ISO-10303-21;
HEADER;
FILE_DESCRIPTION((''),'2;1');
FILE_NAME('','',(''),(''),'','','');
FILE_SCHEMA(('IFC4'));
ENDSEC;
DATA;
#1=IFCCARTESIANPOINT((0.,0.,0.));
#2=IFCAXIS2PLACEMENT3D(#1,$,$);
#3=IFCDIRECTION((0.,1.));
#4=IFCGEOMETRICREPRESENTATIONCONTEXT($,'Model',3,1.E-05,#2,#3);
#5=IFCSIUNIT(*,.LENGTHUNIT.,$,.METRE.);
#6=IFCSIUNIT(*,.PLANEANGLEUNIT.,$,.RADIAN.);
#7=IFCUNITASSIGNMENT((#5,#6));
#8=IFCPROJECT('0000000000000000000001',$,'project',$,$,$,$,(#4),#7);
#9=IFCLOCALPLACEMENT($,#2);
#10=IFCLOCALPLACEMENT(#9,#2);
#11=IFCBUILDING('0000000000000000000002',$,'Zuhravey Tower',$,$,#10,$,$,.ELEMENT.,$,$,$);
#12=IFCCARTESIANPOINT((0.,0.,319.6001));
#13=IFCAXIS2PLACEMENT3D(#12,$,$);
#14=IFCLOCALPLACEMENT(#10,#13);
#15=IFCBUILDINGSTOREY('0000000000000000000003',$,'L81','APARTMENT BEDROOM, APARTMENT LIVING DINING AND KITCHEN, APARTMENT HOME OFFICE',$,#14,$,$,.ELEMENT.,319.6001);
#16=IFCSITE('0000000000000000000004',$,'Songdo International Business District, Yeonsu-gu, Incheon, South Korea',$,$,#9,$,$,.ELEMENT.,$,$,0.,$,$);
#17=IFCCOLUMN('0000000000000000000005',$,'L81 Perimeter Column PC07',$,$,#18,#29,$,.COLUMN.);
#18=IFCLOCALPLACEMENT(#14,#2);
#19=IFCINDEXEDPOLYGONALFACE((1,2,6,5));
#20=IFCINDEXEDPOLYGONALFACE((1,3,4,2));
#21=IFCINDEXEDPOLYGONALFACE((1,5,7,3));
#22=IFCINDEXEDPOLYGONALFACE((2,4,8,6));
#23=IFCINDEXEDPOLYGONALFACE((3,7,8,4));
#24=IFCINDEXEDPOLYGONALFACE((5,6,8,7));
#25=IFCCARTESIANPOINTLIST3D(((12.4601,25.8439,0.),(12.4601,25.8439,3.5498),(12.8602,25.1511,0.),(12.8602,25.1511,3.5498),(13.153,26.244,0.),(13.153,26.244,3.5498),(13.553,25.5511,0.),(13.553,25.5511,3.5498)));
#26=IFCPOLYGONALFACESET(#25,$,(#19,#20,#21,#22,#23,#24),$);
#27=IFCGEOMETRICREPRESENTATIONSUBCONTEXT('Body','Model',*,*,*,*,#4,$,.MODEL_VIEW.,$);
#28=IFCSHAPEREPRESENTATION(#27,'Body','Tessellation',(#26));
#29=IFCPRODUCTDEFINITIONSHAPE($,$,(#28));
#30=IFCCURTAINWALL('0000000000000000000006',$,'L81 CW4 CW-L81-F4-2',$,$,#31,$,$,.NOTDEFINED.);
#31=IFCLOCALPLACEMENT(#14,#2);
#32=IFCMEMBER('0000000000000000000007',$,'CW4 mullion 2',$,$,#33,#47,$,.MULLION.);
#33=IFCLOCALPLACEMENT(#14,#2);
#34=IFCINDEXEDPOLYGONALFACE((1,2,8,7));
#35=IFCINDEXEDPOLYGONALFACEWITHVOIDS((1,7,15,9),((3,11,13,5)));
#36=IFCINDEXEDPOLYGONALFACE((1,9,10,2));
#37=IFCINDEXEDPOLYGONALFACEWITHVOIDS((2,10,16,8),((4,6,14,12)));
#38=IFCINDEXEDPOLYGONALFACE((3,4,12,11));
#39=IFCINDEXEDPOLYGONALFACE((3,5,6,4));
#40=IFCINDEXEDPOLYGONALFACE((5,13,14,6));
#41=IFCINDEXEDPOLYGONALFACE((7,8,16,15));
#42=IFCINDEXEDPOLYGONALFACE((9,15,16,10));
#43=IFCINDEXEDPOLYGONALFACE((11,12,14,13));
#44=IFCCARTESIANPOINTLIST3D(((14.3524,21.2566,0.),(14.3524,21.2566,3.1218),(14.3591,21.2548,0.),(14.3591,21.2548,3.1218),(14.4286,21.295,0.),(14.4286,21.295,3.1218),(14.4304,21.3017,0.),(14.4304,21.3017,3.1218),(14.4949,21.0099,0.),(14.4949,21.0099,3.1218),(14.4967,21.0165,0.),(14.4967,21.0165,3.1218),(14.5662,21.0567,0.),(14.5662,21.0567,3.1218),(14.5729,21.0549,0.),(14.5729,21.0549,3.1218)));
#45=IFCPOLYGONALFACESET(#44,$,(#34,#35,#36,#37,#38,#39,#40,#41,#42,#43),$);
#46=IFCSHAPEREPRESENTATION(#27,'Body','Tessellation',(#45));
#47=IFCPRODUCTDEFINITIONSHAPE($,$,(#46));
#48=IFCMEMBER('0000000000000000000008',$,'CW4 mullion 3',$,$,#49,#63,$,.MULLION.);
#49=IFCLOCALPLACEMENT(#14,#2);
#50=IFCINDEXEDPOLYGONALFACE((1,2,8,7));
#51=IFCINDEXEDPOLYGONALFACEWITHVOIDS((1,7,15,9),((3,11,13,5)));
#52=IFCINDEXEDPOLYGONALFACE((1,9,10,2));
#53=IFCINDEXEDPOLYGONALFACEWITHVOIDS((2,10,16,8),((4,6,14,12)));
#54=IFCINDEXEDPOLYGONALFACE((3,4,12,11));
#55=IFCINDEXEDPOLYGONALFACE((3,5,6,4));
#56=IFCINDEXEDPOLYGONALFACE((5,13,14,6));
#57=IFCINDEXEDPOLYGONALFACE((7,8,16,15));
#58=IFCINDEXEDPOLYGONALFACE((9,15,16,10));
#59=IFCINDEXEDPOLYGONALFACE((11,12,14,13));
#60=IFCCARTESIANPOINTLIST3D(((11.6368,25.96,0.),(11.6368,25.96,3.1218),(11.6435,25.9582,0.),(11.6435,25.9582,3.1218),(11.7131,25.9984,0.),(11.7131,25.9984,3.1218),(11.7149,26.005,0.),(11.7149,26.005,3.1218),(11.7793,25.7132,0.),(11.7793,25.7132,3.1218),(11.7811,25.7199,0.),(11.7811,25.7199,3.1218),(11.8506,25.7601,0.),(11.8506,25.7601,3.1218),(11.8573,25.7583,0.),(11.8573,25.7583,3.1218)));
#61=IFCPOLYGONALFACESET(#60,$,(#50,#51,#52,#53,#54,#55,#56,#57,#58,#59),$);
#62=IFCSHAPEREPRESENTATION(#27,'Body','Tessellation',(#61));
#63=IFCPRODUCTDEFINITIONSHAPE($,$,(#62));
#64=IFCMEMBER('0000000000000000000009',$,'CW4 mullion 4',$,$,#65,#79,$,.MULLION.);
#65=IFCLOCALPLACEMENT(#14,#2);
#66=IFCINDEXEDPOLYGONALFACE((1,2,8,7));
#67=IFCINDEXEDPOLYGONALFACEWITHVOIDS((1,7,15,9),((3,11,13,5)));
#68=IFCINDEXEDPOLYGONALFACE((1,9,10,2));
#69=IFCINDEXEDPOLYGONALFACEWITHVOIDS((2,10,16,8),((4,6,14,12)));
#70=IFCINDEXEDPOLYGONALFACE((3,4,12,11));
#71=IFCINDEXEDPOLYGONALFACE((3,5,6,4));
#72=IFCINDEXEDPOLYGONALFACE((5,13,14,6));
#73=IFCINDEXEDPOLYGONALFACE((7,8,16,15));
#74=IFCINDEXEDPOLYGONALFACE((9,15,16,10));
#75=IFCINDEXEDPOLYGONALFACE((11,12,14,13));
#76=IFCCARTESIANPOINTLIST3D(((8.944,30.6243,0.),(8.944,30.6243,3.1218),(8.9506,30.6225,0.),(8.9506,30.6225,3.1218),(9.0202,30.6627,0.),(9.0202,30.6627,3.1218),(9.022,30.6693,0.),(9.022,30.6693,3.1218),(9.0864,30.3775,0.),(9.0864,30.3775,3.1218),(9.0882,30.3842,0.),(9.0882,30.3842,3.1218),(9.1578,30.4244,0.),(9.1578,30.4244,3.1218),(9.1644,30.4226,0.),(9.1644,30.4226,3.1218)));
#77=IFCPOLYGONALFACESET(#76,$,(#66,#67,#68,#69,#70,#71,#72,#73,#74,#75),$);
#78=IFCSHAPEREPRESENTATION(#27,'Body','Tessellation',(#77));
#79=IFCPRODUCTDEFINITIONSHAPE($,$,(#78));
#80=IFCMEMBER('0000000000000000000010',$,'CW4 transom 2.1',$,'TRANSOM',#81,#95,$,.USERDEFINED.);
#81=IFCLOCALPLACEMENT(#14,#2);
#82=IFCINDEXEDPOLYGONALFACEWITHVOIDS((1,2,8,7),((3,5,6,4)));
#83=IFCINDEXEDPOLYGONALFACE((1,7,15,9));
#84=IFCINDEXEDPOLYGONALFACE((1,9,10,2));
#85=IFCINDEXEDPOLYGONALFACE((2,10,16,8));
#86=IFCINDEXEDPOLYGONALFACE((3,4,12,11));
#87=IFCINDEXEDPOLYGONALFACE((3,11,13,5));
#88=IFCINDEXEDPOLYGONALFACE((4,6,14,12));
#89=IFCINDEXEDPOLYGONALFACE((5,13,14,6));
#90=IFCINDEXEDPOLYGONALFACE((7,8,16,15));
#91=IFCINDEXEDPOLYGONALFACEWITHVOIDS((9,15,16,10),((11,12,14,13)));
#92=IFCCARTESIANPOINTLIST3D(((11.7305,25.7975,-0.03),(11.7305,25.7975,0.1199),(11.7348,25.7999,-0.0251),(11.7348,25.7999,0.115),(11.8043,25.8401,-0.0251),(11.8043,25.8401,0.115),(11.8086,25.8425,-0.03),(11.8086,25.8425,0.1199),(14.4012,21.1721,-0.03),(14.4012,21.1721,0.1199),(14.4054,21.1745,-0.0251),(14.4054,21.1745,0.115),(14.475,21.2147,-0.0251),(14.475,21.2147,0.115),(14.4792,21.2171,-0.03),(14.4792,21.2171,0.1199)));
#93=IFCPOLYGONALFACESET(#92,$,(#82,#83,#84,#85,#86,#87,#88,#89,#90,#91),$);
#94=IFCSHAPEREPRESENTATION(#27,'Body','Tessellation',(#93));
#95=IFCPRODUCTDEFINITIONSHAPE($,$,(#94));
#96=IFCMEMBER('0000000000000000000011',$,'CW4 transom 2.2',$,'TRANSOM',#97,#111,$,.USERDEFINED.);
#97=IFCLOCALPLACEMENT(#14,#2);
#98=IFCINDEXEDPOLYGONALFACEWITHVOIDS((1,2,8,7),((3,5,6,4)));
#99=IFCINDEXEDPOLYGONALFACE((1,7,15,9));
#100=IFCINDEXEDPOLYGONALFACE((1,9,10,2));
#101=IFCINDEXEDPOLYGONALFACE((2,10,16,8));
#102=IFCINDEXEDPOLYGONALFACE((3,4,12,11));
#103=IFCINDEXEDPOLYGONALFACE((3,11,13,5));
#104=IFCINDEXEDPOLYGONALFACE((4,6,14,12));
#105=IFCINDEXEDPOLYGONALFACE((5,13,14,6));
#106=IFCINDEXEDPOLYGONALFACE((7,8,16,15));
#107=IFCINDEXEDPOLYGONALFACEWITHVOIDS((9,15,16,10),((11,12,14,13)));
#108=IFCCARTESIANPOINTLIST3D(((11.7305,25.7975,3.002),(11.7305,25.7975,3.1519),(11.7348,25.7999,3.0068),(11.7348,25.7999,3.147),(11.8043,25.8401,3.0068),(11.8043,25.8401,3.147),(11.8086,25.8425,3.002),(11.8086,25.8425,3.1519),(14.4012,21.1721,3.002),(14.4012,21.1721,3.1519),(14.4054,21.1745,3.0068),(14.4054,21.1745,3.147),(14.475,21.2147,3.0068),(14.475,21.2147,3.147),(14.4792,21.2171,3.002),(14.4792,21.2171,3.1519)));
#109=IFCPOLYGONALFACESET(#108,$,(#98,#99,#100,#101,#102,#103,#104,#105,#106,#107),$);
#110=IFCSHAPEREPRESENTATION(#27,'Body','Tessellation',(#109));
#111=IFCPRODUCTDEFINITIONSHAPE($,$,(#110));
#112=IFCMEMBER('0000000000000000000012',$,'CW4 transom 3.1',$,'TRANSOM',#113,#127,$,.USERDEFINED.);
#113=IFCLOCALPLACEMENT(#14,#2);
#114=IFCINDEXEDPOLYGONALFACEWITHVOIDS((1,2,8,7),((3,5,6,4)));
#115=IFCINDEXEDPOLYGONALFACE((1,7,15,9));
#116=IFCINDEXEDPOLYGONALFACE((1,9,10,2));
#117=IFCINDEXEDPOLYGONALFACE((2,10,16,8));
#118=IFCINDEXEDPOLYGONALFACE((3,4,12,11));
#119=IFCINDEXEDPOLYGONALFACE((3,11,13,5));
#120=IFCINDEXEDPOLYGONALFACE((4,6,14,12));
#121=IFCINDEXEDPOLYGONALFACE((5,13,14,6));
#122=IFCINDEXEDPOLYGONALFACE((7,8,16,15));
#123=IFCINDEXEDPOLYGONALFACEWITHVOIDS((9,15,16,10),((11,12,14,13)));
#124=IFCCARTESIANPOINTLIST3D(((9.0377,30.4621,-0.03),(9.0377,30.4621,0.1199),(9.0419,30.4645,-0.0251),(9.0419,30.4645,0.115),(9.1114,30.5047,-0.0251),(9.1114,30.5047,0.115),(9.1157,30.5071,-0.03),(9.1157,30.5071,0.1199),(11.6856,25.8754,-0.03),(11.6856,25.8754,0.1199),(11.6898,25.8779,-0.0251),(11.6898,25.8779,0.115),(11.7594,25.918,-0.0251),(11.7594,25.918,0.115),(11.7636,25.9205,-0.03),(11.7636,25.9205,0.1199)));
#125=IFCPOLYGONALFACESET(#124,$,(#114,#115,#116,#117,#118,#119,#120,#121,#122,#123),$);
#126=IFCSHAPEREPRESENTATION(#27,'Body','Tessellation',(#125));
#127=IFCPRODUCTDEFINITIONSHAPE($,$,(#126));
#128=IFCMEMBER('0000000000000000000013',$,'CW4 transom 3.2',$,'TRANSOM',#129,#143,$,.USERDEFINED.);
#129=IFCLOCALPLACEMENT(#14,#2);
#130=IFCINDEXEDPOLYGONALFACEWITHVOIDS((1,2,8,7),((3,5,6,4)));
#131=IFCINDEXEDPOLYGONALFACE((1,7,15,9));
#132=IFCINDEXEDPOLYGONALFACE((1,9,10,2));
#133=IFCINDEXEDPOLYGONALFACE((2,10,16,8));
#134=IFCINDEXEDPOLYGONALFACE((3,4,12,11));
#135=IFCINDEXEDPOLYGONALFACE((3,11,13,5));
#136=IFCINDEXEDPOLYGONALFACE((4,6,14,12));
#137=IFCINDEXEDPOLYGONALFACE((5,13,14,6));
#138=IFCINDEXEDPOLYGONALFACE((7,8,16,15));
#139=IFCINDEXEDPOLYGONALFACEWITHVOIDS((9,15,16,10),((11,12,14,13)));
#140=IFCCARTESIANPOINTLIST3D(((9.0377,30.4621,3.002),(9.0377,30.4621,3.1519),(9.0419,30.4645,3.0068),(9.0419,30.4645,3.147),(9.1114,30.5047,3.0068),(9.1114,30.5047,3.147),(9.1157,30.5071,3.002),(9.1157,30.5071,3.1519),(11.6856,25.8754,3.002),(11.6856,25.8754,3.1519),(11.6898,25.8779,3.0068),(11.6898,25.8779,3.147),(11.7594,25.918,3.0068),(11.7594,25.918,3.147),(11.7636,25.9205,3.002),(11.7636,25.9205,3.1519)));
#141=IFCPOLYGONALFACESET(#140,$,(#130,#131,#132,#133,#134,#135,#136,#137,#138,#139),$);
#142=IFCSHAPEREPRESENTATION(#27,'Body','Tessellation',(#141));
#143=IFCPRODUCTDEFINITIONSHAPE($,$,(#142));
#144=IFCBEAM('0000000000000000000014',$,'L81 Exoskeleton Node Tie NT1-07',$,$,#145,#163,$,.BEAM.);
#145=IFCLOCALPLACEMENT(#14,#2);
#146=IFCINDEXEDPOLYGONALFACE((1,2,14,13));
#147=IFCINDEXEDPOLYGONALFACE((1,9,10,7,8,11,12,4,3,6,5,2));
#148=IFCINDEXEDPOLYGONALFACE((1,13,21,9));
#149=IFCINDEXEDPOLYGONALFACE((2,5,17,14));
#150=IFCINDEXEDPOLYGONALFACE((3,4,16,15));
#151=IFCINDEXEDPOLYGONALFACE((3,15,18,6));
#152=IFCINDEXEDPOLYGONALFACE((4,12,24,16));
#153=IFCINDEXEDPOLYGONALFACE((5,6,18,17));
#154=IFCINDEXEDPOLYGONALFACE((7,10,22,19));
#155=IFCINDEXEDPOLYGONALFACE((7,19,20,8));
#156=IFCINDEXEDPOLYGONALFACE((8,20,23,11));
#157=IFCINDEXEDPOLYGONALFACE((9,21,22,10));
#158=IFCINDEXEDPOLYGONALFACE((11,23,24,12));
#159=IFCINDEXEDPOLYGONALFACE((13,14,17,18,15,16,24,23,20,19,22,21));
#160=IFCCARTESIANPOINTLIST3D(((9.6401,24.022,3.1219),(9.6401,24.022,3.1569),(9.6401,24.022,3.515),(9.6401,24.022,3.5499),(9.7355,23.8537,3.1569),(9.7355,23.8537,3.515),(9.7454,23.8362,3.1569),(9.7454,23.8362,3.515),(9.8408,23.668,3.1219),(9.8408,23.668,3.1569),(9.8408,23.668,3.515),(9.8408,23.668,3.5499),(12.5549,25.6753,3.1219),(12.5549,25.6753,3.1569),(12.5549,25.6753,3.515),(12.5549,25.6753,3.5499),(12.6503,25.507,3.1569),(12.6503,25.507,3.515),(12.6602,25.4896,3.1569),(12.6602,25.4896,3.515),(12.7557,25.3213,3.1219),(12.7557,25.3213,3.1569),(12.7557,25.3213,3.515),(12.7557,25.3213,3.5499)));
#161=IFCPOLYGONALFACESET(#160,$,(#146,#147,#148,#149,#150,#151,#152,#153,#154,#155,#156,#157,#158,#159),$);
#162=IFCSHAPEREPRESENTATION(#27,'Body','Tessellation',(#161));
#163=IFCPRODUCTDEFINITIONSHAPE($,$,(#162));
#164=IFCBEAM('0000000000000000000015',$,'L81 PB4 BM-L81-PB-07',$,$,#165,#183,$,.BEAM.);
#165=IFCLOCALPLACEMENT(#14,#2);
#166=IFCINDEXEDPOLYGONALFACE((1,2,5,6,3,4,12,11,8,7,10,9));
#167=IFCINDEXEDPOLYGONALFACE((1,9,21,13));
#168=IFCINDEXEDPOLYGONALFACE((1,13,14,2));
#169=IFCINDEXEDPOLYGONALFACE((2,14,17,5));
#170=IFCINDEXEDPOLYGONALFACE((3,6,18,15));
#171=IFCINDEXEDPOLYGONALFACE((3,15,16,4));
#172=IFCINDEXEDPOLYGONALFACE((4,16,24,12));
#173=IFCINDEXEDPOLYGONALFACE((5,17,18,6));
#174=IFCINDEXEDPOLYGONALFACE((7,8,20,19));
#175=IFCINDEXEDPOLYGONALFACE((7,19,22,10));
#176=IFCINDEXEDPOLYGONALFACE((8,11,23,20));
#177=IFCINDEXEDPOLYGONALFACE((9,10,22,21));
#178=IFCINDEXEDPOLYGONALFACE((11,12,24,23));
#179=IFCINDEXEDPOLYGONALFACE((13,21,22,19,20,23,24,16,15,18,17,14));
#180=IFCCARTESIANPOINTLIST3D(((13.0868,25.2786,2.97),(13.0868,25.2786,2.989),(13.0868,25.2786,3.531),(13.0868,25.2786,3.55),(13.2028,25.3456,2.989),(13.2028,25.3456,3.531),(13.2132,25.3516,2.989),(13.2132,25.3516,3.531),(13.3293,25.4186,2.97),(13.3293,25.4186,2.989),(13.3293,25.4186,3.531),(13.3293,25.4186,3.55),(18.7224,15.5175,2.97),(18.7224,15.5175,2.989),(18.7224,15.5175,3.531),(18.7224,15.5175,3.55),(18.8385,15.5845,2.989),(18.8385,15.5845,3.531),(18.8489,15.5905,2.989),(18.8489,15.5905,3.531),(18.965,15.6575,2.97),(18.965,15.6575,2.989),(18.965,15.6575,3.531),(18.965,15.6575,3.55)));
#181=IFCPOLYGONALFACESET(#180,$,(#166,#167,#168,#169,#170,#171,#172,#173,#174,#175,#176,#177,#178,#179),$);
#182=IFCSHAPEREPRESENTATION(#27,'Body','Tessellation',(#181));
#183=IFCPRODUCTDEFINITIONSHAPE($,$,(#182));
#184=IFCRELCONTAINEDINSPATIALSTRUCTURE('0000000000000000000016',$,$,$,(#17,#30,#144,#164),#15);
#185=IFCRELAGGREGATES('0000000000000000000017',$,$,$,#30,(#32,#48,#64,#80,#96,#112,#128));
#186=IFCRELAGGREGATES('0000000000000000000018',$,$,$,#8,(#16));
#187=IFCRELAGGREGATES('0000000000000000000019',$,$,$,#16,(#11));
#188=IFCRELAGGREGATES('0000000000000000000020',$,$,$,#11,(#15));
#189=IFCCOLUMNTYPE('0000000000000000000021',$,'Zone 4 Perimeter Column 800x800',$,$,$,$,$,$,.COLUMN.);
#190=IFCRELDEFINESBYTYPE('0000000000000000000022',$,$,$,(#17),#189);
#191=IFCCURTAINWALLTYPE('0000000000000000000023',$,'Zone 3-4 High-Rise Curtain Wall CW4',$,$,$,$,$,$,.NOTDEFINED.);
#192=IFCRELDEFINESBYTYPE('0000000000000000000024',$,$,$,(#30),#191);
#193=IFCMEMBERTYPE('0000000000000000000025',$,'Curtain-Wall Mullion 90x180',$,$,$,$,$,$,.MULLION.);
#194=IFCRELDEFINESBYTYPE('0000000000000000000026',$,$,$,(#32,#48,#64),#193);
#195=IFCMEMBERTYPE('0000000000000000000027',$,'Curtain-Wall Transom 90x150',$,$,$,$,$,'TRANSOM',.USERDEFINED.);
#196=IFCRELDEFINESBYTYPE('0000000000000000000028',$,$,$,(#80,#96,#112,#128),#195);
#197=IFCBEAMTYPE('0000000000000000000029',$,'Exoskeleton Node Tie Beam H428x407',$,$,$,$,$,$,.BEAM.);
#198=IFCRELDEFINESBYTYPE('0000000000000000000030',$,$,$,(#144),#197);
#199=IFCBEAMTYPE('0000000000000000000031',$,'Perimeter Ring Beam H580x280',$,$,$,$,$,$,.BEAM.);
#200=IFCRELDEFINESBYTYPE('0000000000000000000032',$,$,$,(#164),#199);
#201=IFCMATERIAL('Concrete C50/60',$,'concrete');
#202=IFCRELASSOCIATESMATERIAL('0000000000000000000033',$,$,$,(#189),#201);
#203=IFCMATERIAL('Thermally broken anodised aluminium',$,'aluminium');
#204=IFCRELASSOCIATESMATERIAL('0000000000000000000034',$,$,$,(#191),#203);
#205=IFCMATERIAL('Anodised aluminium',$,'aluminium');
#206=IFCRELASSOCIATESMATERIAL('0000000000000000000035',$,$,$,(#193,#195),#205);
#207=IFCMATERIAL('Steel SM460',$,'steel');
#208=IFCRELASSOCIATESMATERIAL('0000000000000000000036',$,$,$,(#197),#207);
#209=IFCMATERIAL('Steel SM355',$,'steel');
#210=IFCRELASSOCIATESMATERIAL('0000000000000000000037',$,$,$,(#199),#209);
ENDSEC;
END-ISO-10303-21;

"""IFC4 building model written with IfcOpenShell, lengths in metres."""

from ifc_helpers import new_model, si_unit, direction, frame, origin, origin_2d, place, context, subcontext, project, spatial, rectangle, hollow_rectangle, i_section, extrude, material, material_profile, profile_set, type_object, element, aggregate, save


model = new_model("IFC4")

# Units and contexts
model_context = context("Model", 3, precision=1e-05, world=origin(), true_north=direction((0.0, 1.0)))
body_context = subcontext(model_context, "Body", "Model", "MODEL_VIEW")
ifc_project = project(units=[si_unit("LENGTHUNIT", "METRE"), si_unit("PLANEANGLEUNIT", "RADIAN")], contexts=[model_context])

# Site, building, storey
site_placement = place(None, origin())
site = spatial("IfcSite", under=ifc_project, at=site_placement, Name="Songdo International Business District, Yeonsu-gu, Incheon, South Korea", CompositionType="ELEMENT", RefElevation=0.0)
building_placement = place(site_placement, origin())
building = spatial("IfcBuilding", under=site, at=building_placement, Name="Zuhravey Tower", CompositionType="ELEMENT")
storey_placement = place(building_placement, frame((0.0, 0.0, 319.6001)))
storey = spatial("IfcBuildingStorey", under=building, at=storey_placement, Name="L81", Description="APARTMENT BEDROOM, APARTMENT LIVING DINING AND KITCHEN, APARTMENT HOME OFFICE", CompositionType="ELEMENT", Elevation=319.6001)

# Column
ifc_material_1 = material(Name="Concrete C50/60", Category="concrete")
ifc_material_profile_1 = material_profile(ifc_material_1, rectangle(XDim=0.8, YDim=0.8, at=origin_2d()), Name="RC-800x800")
ifc_profile_set_1 = profile_set([ifc_material_profile_1], Name="Concrete C50/60")
column_type = type_object("IfcColumnType", Name="Zone 4 Perimeter Column 800x800", PredefinedType="COLUMN", material=ifc_profile_set_1)
column_placement = place(storey_placement, frame((13.0066, 25.6975, 0.0), z_axis=(0.0, 0.0, 1.0), x_axis=(0.5, -0.866025, 0.0)))
element("IfcColumn", 1, at=column_placement, inside=storey, type_object=column_type, Name="L81 Perimeter Column PC07", PredefinedType="COLUMN", context=body_context, shape_type="SweptSolid", body=[
    extrude(rectangle(XDim=0.8, YDim=0.8, at=origin_2d()), origin(), (0.0, 0.0, 1.0), 3.5498),
])

# Curtain wall, members
ifc_material_2 = material(Name="Thermally broken anodised aluminium", Category="aluminium")
curtain_wall_type = type_object("IfcCurtainWallType", Name="Zone 3-4 High-Rise Curtain Wall CW4", PredefinedType="NOTDEFINED", material=ifc_material_2)
curtain_wall_placement = place(storey_placement, origin())
curtain_wall = element("IfcCurtainWall", 2, at=curtain_wall_placement, inside=storey, type_object=curtain_wall_type, Name="L81 CW4 CW-L81-F4-2", PredefinedType="NOTDEFINED")
ifc_material_3 = material(Name="Anodised aluminium", Category="aluminium")
ifc_material_profile_2 = material_profile(ifc_material_3, hollow_rectangle(XDim=0.0901, YDim=0.2849, WallThickness=0.0049, at=origin_2d()), Name="ALU-RHS-90x285x5")
ifc_profile_set_2 = profile_set([ifc_material_profile_2], Name="Anodised aluminium")
member_type_1 = type_object("IfcMemberType", Name="Curtain-Wall Mullion 90x180", PredefinedType="MULLION", material=ifc_profile_set_2)
member_1_placement = place(storey_placement, frame((14.4626, 21.1558, 0.0), z_axis=(0.0, 0.0, 1.0), x_axis=(-0.866026, -0.499999, 0.0)))
member_1 = element("IfcMember", 3, at=member_1_placement, type_object=member_type_1, Name="CW4 mullion 2", PredefinedType="MULLION", context=body_context, shape_type="SweptSolid", body=[
    extrude(hollow_rectangle(XDim=0.0901, YDim=0.2849, WallThickness=0.0049, at=origin_2d()), origin(), (0.0, 0.0, 1.0), 3.1218),
])
member_2_placement = place(storey_placement, frame((11.7471, 25.8591, 0.0), z_axis=(0.0, 0.0, 1.0), x_axis=(-0.866026, -0.499999, 0.0)))
member_2 = element("IfcMember", 4, at=member_2_placement, type_object=member_type_1, Name="CW4 mullion 3", PredefinedType="MULLION", context=body_context, shape_type="SweptSolid", body=[
    extrude(hollow_rectangle(XDim=0.0901, YDim=0.2849, WallThickness=0.0049, at=origin_2d()), origin(), (0.0, 0.0, 1.0), 3.1218),
])
member_3_placement = place(storey_placement, frame((9.0542, 30.5234, 0.0), z_axis=(0.0, 0.0, 1.0), x_axis=(-0.866026, -0.499999, 0.0)))
member_3 = element("IfcMember", 5, at=member_3_placement, type_object=member_type_1, Name="CW4 mullion 4", PredefinedType="MULLION", context=body_context, shape_type="SweptSolid", body=[
    extrude(hollow_rectangle(XDim=0.0901, YDim=0.2849, WallThickness=0.0049, at=origin_2d()), origin(), (0.0, 0.0, 1.0), 3.1218),
])
ifc_material_profile_3 = material_profile(ifc_material_3, hollow_rectangle(XDim=0.0901, YDim=0.1499, WallThickness=0.0049, at=origin_2d()), Name="ALU-RHS-90x150x5")
ifc_profile_set_3 = profile_set([ifc_material_profile_3], Name="Anodised aluminium")
member_type_2 = type_object("IfcMemberType", Name="Curtain-Wall Transom 90x150", ElementType="TRANSOM", PredefinedType="USERDEFINED", material=ifc_profile_set_3)
member_4_placement = place(storey_placement, frame((14.4402, 21.1946, 0.0449), z_axis=(-0.500018, 0.866015, 0.0), x_axis=(-0.866015, -0.500018, 0.0)))
member_4 = element("IfcMember", 6, at=member_4_placement, type_object=member_type_2, Name="CW4 transom 2.1", ObjectType="TRANSOM", PredefinedType="USERDEFINED", context=body_context, shape_type="SweptSolid", body=[
    extrude(hollow_rectangle(XDim=0.0901, YDim=0.1499, WallThickness=0.0049, at=origin_2d()), origin(), (0.0, 0.0, 1.0), 5.3411),
])
member_5_placement = place(storey_placement, frame((14.4402, 21.1946, 3.0769), z_axis=(-0.500018, 0.866015, 0.0), x_axis=(-0.866015, -0.500018, 0.0)))
member_5 = element("IfcMember", 7, at=member_5_placement, type_object=member_type_2, Name="CW4 transom 2.2", ObjectType="TRANSOM", PredefinedType="USERDEFINED", context=body_context, shape_type="SweptSolid", body=[
    extrude(hollow_rectangle(XDim=0.0901, YDim=0.1499, WallThickness=0.0049, at=origin_2d()), origin(), (0.0, 0.0, 1.0), 5.3411),
])
member_6_placement = place(storey_placement, frame((11.7246, 25.8979, 0.0449), z_axis=(-0.499977, 0.866039, 0.0), x_axis=(-0.866039, -0.499977, 0.0)))
member_6 = element("IfcMember", 8, at=member_6_placement, type_object=member_type_2, Name="CW4 transom 3.1", ObjectType="TRANSOM", PredefinedType="USERDEFINED", context=body_context, shape_type="SweptSolid", body=[
    extrude(hollow_rectangle(XDim=0.0901, YDim=0.1499, WallThickness=0.0049, at=origin_2d()), origin(), (0.0, 0.0, 1.0), 5.2961),
])
member_7_placement = place(storey_placement, frame((11.7246, 25.8979, 3.0769), z_axis=(-0.499977, 0.866039, 0.0), x_axis=(-0.866039, -0.499977, 0.0)))
member_7 = element("IfcMember", 9, at=member_7_placement, type_object=member_type_2, Name="CW4 transom 3.2", ObjectType="TRANSOM", PredefinedType="USERDEFINED", context=body_context, shape_type="SweptSolid", body=[
    extrude(hollow_rectangle(XDim=0.0901, YDim=0.1499, WallThickness=0.0049, at=origin_2d()), origin(), (0.0, 0.0, 1.0), 5.2961),
])

# Beams
ifc_material_4 = material(Name="Steel SM460", Category="steel")
ifc_material_profile_4 = material_profile(ifc_material_4, i_section(OverallWidth=0.407, OverallDepth=0.428, WebThickness=0.02, FlangeThickness=0.0349, at=origin_2d()), Name="H-428x407x20x35")
ifc_profile_set_4 = profile_set([ifc_material_profile_4], Name="Steel SM460")
beam_type_1 = type_object("IfcBeamType", Name="Exoskeleton Node Tie Beam H428x407", PredefinedType="BEAM", material=ifc_profile_set_4)
beam_1_placement = place(storey_placement, frame((12.6553, 25.4983, 3.3359), z_axis=(-0.869817, -0.493375, 0.0), x_axis=(0.493375, -0.869817, 0.0)))
element("IfcBeam", 10, at=beam_1_placement, inside=storey, type_object=beam_type_1, Name="L81 Exoskeleton Node Tie NT1-07", PredefinedType="BEAM", context=body_context, shape_type="SweptSolid", body=[
    extrude(i_section(OverallWidth=0.407, OverallDepth=0.428, WebThickness=0.02, FlangeThickness=0.0349, at=origin_2d()), origin(), (0.0, 0.0, 1.0), 3.3511),
])
ifc_material_5 = material(Name="Steel SM355", Category="steel")
ifc_material_profile_5 = material_profile(ifc_material_5, i_section(OverallWidth=0.28, OverallDepth=0.5801, WebThickness=0.012, FlangeThickness=0.019, at=origin_2d()), Name="H-580x280x12x19")
ifc_profile_set_5 = profile_set([ifc_material_profile_5], Name="Steel SM355")
beam_type_2 = type_object("IfcBeamType", Name="Perimeter Ring Beam H580x280", PredefinedType="BEAM", material=ifc_profile_set_5)
beam_2_placement = place(storey_placement, frame((13.208, 25.3486, 3.26), z_axis=(0.500006, -0.866022, 0.0), x_axis=(0.866022, 0.500006, 0.0)))
element("IfcBeam", 11, at=beam_2_placement, inside=storey, type_object=beam_type_2, Name="L81 PB4 BM-L81-PB-07", PredefinedType="BEAM", context=body_context, shape_type="SweptSolid", body=[
    extrude(i_section(OverallWidth=0.28, OverallDepth=0.5801, WebThickness=0.012, FlangeThickness=0.019, at=origin_2d()), origin(), (0.0, 0.0, 1.0), 11.2712),
])

aggregate(curtain_wall, [member_1, member_2, member_3, member_4, member_5, member_6, member_7])

save(model, "model.ifc")
